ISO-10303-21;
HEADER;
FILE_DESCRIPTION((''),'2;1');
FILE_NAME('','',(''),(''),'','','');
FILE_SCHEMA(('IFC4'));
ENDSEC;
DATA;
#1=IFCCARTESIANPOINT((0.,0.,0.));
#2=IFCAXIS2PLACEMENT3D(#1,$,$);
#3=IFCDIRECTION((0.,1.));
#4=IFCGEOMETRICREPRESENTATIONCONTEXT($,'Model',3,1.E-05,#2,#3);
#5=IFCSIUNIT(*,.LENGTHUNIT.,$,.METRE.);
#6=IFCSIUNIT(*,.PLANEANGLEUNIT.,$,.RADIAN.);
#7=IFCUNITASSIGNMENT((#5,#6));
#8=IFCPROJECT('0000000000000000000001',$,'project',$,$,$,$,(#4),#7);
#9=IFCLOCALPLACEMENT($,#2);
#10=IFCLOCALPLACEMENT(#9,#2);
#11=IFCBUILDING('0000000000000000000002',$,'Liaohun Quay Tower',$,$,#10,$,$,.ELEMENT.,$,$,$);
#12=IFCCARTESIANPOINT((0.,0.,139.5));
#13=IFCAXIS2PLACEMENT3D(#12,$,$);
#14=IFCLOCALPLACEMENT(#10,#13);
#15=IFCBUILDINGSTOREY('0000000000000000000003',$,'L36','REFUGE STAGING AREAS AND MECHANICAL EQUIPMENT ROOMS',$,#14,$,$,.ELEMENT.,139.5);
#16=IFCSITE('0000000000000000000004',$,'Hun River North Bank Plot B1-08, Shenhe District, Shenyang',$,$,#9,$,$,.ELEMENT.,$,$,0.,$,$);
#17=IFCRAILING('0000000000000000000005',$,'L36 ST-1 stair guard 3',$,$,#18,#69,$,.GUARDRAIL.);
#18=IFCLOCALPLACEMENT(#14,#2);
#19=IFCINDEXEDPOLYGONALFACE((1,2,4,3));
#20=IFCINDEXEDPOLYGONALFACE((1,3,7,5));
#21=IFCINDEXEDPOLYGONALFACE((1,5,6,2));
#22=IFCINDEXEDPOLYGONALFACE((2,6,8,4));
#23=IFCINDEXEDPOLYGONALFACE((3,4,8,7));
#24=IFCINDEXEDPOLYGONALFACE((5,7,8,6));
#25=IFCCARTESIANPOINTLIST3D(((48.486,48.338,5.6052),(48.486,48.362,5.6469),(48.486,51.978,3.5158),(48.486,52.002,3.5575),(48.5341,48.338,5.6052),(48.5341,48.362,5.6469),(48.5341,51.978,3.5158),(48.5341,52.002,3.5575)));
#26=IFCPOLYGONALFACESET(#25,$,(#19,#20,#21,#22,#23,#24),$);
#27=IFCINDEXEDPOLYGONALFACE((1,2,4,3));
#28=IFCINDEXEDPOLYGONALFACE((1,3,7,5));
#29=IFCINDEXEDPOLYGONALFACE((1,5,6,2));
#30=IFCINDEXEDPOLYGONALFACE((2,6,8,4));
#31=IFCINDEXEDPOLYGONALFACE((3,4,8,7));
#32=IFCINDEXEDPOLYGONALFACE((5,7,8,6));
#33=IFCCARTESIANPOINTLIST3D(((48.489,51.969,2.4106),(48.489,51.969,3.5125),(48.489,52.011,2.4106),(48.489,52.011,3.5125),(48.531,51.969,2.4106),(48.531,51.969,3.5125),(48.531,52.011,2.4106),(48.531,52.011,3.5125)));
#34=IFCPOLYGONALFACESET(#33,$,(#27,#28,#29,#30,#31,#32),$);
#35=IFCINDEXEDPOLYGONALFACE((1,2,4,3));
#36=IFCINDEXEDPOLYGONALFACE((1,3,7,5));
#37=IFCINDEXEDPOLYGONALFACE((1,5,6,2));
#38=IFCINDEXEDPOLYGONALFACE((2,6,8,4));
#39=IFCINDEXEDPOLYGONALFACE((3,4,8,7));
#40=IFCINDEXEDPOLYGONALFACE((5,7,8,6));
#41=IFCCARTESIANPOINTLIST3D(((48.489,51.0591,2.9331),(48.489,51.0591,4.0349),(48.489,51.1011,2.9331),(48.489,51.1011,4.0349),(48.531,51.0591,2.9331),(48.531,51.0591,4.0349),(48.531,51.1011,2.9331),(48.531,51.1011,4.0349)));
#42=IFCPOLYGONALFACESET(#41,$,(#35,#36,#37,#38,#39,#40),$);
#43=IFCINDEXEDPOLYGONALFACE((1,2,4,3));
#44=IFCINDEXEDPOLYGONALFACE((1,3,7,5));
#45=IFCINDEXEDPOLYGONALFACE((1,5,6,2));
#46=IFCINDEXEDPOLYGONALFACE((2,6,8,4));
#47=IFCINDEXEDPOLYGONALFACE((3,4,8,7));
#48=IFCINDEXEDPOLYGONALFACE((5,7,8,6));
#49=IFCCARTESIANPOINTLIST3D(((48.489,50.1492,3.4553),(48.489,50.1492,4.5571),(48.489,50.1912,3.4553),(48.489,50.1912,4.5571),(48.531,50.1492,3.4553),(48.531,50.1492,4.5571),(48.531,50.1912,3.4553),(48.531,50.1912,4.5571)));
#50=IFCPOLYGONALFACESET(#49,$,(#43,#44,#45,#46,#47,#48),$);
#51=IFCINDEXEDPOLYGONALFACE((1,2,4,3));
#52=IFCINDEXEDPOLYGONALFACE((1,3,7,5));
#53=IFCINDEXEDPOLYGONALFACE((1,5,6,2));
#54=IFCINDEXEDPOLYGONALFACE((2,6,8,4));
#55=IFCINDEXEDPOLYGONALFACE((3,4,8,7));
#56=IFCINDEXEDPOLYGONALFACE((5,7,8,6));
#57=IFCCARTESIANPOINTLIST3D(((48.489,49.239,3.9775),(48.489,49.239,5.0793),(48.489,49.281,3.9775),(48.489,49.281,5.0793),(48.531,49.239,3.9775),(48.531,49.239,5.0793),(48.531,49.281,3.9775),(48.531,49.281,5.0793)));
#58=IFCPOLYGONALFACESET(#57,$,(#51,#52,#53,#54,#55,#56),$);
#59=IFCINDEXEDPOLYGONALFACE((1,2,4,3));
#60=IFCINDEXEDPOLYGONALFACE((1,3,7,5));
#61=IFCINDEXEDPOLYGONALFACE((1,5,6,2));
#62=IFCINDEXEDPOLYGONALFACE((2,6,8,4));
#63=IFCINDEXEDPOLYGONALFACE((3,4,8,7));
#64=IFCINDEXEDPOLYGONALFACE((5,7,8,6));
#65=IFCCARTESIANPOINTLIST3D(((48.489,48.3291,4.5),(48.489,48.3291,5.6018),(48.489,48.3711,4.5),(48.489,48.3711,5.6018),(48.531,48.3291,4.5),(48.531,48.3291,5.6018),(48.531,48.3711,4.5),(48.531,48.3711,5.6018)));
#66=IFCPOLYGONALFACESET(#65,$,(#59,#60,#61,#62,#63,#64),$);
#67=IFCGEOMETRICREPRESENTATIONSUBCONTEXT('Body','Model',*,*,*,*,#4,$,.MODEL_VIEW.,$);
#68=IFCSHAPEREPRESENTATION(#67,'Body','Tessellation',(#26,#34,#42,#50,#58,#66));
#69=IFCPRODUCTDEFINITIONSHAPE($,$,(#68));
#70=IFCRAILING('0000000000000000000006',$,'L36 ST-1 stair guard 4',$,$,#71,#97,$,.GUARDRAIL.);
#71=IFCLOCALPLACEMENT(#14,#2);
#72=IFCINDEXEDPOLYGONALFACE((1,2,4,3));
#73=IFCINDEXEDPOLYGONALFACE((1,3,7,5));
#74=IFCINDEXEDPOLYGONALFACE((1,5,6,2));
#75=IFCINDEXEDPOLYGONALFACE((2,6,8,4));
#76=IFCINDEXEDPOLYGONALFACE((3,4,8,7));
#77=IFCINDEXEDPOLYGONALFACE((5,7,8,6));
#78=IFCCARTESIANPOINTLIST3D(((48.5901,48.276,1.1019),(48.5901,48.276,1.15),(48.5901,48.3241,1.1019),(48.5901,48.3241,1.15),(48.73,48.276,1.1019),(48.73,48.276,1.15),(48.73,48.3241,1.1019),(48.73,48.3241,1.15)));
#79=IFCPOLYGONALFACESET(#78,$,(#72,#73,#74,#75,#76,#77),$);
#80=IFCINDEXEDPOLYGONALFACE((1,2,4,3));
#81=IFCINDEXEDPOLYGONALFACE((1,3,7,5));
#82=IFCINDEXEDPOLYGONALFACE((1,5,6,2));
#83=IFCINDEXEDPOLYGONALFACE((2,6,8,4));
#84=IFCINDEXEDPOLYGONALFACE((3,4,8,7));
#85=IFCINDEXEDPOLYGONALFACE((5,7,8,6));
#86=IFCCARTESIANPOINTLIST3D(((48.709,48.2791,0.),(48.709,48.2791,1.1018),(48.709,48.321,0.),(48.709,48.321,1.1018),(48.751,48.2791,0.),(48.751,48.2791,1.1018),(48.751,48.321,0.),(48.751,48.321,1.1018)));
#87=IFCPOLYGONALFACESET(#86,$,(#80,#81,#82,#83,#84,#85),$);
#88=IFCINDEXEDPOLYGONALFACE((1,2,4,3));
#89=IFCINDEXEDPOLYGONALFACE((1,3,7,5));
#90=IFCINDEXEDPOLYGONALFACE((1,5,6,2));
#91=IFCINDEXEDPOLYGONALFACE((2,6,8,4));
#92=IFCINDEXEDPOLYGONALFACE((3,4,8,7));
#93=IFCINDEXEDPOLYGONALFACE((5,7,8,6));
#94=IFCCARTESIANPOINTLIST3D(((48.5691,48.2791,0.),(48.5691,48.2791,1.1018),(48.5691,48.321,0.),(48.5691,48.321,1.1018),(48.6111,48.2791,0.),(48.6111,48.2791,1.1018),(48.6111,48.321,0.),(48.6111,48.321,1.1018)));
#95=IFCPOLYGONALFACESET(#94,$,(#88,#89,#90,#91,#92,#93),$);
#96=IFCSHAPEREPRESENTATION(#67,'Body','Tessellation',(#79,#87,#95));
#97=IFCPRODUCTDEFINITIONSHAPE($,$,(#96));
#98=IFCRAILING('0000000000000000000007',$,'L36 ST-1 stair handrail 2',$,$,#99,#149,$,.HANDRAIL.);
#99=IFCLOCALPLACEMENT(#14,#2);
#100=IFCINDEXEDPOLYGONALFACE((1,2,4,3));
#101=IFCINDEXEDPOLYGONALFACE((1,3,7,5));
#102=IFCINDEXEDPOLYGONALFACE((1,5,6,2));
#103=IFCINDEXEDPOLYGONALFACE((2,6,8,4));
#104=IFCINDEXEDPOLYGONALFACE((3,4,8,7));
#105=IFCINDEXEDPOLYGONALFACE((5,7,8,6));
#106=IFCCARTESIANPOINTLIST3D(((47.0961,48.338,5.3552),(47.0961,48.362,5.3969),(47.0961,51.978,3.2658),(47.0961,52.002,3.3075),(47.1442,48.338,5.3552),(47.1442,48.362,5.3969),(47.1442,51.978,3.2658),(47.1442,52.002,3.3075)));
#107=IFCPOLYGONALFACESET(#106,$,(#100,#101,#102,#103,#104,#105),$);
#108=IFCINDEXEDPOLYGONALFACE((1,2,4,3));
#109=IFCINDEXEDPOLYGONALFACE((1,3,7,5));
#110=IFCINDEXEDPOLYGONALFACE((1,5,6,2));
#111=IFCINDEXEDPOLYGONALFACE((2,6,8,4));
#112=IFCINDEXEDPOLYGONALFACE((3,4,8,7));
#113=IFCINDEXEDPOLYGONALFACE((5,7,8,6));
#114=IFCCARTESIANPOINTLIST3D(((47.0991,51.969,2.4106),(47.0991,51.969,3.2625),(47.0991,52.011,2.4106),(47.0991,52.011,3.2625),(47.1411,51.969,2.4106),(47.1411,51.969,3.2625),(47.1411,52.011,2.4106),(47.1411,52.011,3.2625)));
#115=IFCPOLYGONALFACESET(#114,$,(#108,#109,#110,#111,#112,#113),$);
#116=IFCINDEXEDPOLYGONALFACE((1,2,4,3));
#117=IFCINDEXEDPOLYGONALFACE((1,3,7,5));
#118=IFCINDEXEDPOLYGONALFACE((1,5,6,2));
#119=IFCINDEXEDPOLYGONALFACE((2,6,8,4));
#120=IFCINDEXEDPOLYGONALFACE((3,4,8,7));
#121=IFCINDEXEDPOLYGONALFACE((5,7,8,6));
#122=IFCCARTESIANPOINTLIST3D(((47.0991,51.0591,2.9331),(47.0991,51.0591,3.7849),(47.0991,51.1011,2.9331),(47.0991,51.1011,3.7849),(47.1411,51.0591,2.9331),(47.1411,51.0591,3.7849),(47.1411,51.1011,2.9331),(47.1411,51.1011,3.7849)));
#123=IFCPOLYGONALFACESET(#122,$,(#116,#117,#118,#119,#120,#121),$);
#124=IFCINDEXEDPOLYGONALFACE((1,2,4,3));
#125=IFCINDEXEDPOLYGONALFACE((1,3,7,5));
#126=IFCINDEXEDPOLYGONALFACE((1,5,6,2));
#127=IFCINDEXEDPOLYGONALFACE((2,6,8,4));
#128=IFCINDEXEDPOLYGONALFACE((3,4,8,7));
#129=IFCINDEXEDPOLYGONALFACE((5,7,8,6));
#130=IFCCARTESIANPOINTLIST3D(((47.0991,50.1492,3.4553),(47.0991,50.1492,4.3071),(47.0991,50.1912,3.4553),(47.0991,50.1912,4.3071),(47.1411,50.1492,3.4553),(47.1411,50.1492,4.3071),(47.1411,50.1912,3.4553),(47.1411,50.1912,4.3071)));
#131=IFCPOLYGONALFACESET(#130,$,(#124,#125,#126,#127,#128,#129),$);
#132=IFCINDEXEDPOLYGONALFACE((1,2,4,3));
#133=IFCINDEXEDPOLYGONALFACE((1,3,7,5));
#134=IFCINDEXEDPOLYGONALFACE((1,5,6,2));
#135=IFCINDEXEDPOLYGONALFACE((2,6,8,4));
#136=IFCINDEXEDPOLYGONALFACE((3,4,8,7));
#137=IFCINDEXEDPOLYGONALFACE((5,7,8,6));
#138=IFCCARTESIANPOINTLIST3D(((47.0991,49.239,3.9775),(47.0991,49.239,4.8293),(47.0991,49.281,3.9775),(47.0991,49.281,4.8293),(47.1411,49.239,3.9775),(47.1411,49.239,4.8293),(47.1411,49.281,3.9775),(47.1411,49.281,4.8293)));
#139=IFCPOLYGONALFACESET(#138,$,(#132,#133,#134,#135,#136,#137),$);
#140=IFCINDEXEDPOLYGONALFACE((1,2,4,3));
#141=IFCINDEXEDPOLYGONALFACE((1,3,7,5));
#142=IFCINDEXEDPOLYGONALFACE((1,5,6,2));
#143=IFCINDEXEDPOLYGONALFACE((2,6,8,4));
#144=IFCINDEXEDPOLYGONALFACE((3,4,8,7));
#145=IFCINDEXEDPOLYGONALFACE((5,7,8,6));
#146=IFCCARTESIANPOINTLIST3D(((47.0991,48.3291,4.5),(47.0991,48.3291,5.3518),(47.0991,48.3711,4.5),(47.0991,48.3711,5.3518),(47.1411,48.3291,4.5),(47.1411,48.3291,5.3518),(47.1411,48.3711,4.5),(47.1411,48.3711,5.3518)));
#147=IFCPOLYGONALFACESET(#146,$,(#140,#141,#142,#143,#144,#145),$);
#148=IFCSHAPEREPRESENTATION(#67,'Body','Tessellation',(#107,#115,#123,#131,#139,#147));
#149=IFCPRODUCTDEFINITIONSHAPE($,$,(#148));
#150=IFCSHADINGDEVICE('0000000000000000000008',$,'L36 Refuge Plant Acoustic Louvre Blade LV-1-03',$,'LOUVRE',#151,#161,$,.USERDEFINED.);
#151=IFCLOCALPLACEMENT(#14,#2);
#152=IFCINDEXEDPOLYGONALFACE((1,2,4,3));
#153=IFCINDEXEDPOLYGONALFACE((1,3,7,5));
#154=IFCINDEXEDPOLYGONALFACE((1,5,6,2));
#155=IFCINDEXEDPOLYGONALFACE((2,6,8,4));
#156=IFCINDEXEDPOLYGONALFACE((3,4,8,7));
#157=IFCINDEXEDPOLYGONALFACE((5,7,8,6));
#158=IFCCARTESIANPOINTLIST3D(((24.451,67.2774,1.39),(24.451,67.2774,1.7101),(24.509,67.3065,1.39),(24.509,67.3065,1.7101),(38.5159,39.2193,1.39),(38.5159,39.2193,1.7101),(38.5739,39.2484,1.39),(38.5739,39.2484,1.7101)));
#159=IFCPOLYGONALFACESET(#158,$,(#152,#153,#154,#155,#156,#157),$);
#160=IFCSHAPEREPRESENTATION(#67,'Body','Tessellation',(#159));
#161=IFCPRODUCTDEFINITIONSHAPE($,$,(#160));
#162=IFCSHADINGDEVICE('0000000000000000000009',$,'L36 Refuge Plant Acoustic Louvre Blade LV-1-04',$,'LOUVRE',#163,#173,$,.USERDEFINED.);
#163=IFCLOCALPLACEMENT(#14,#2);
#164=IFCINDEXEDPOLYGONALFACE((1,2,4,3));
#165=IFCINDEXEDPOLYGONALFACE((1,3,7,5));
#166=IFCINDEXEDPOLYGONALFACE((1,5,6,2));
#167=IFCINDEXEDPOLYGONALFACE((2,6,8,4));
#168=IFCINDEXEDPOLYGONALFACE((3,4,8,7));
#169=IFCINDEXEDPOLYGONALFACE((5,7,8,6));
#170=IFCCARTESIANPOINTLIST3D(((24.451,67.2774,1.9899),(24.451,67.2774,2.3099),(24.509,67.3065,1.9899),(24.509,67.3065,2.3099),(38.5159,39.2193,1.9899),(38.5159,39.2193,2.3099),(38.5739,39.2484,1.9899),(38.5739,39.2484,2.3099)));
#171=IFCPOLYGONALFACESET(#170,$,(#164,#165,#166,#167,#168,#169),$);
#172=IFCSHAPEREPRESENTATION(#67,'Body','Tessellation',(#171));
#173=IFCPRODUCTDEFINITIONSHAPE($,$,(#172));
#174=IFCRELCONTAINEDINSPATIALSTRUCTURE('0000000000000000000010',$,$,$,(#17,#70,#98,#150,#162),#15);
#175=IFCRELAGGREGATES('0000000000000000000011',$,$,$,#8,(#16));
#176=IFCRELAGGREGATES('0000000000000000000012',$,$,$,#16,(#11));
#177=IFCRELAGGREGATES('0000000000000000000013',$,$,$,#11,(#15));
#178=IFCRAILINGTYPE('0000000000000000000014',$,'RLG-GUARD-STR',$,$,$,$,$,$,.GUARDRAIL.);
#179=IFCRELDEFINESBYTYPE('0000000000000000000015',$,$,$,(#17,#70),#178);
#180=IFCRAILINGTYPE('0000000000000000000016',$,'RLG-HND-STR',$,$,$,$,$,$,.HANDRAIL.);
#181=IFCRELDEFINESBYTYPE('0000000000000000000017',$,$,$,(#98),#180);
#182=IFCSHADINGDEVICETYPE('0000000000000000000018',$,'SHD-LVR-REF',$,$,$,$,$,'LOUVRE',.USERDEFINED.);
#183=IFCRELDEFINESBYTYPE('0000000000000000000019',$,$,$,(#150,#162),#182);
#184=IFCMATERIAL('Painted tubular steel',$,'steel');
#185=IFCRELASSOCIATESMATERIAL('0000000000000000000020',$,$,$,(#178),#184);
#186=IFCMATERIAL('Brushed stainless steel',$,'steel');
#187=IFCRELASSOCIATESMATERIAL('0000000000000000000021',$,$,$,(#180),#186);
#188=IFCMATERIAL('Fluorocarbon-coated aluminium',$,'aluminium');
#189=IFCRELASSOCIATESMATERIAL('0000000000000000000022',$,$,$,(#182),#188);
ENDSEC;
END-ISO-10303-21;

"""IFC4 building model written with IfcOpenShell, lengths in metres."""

from ifc_helpers import new_model, si_unit, direction, frame, origin, origin_2d, place, context, subcontext, project, spatial, rectangle, extrude, source, transform, mapped, material, material_profile, profile_set, type_object, element, save


model = new_model("IFC4")

# Units and contexts
model_context = context("Model", 3, precision=1e-05, world=origin(), true_north=direction((0.0, 1.0)))
body_context = subcontext(model_context, "Body", "Model", "MODEL_VIEW")
ifc_project = project(units=[si_unit("LENGTHUNIT", "METRE"), si_unit("PLANEANGLEUNIT", "RADIAN")], contexts=[model_context])

# Site, building, storey
site_placement = place(None, origin())
site = spatial("IfcSite", under=ifc_project, at=site_placement, Name="Hun River North Bank Plot B1-08, Shenhe District, Shenyang", CompositionType="ELEMENT", RefElevation=0.0)
building_placement = place(site_placement, origin())
building = spatial("IfcBuilding", under=site, at=building_placement, Name="Liaohun Quay Tower", CompositionType="ELEMENT")
storey_placement = place(building_placement, frame((0.0, 0.0, 139.5)))
storey = spatial("IfcBuildingStorey", under=building, at=storey_placement, Name="L36", Description="REFUGE STAGING AREAS AND MECHANICAL EQUIPMENT ROOMS", CompositionType="ELEMENT", Elevation=139.5)

# Railings
ifc_material_1 = material(Name="Painted tubular steel", Category="steel")
railing_type_1 = type_object("IfcRailingType", Name="RLG-GUARD-STR", PredefinedType="GUARDRAIL", material=ifc_material_1)
railing_1_placement = place(storey_placement, frame((48.51, 51.99, 2.4106)))
element("IfcRailing", 1, at=railing_1_placement, inside=storey, type_object=railing_type_1, Name="L36 ST-1 stair guard 3", PredefinedType="GUARDRAIL", context=body_context, shape_type="SweptSolid", body=[
    extrude(rectangle(XDim=0.0481, YDim=0.0481, at=origin_2d()), frame((0.0, 0.0, 1.126), z_axis=(0.0, -0.867275, 0.497829), x_axis=(1.0, 0.0, 0.0)), (0.0, 0.0, 1.0), 4.197),
    extrude(rectangle(XDim=0.042, YDim=0.042, at=origin_2d()), origin(), (0.0, 0.0, 1.0), 1.1018),
    extrude(rectangle(XDim=0.042, YDim=0.042, at=origin_2d()), frame((0.0, -0.9099, 0.5225)), (0.0, 0.0, 1.0), 1.1018),
    extrude(rectangle(XDim=0.042, YDim=0.042, at=origin_2d()), frame((0.0, -1.8198, 1.0447)), (0.0, 0.0, 1.0), 1.1018),
    extrude(rectangle(XDim=0.042, YDim=0.042, at=origin_2d()), frame((0.0, -2.73, 1.5669)), (0.0, 0.0, 1.0), 1.1018),
    extrude(rectangle(XDim=0.042, YDim=0.042, at=origin_2d()), frame((0.0, -3.6399, 2.0894)), (0.0, 0.0, 1.0), 1.1018),
])
railing_2_placement = place(storey_placement, frame((48.73, 48.3, 0.0)))
element("IfcRailing", 2, at=railing_2_placement, inside=storey, type_object=railing_type_1, Name="L36 ST-1 stair guard 4", PredefinedType="GUARDRAIL", context=body_context, shape_type="SweptSolid", body=[
    extrude(rectangle(XDim=0.0481, YDim=0.0481, at=origin_2d()), frame((0.0, 0.0, 1.126), z_axis=(-1.0, 0.0, 0.0), x_axis=(0.0, -1.0, 0.0)), (0.0, 0.0, 1.0), 0.1399),
    extrude(rectangle(XDim=0.042, YDim=0.042, at=origin_2d()), origin(), (0.0, 0.0, 1.0), 1.1018),
    extrude(rectangle(XDim=0.042, YDim=0.042, at=origin_2d()), frame((-0.1399, 0.0, 0.0)), (0.0, 0.0, 1.0), 1.1018),
])
ifc_material_2 = material(Name="Brushed stainless steel", Category="steel")
railing_type_2 = type_object("IfcRailingType", Name="RLG-HND-STR", PredefinedType="HANDRAIL", material=ifc_material_2)
railing_3_placement = place(storey_placement, frame((47.1201, 51.99, 2.4106)))
element("IfcRailing", 3, at=railing_3_placement, inside=storey, type_object=railing_type_2, Name="L36 ST-1 stair handrail 2", PredefinedType="HANDRAIL", context=body_context, shape_type="SweptSolid", body=[
    extrude(rectangle(XDim=0.0481, YDim=0.0481, at=origin_2d()), frame((0.0, 0.0, 0.876), z_axis=(0.0, -0.867275, 0.497829), x_axis=(1.0, 0.0, 0.0)), (0.0, 0.0, 1.0), 4.197),
    extrude(rectangle(XDim=0.042, YDim=0.042, at=origin_2d()), origin(), (0.0, 0.0, 1.0), 0.8518),
    extrude(rectangle(XDim=0.042, YDim=0.042, at=origin_2d()), frame((0.0, -0.9099, 0.5225)), (0.0, 0.0, 1.0), 0.8518),
    extrude(rectangle(XDim=0.042, YDim=0.042, at=origin_2d()), frame((0.0, -1.8198, 1.0447)), (0.0, 0.0, 1.0), 0.8518),
    extrude(rectangle(XDim=0.042, YDim=0.042, at=origin_2d()), frame((0.0, -2.73, 1.5669)), (0.0, 0.0, 1.0), 0.8518),
    extrude(rectangle(XDim=0.042, YDim=0.042, at=origin_2d()), frame((0.0, -3.6399, 2.0894)), (0.0, 0.0, 1.0), 0.8518),
])

# Shading devices
ifc_material_3 = material(Name="Fluorocarbon-coated aluminium", Category="aluminium")
ifc_material_profile_1 = material_profile(ifc_material_3, rectangle(XDim=0.0649, YDim=0.3201, at=origin_2d()), Name="ALU-LVR-320x65")
ifc_profile_set_1 = profile_set([ifc_material_profile_1], Name="Fluorocarbon-coated aluminium")
shading_device_type = type_object("IfcShadingDeviceType", Name="SHD-LVR-REF", ElementType="LOUVRE", PredefinedType="USERDEFINED", material=ifc_profile_set_1)
shared_shape_1 = source(origin(), body_context, "Body", "SweptSolid", [
    extrude(rectangle(XDim=0.0649, YDim=0.3201, at=origin_2d()), origin(), (0.0, 0.0, 1.0), 31.386),
])
for number, where, z_axis, x_axis, name in (
    (4, (38.5449, 39.2339, 1.55), (-0.448128, 0.893969, 0.0), (-0.893969, -0.448128, 0.0), "L36 Refuge Plant Acoustic Louvre Blade LV-1-03"),
    (5, (38.5449, 39.2339, 2.1499), (-0.448128, 0.893969, 0.0), (-0.893969, -0.448128, 0.0), "L36 Refuge Plant Acoustic Louvre Blade LV-1-04"),
):
    element("IfcShadingDevice", number, at=place(storey_placement, frame(where, z_axis=z_axis, x_axis=x_axis)), inside=storey, type_object=shading_device_type, Name=name, ObjectType="LOUVRE", PredefinedType="USERDEFINED", context=body_context, shape_type="MappedRepresentation", body=[
        mapped(shared_shape_1, transform((0.0, 0.0, 0.0), x_axis=(1.0, 0.0, 0.0), y_axis=(0.0, 1.0, 0.0), z_axis=(0.0, 0.0, 1.0), scale=1.0)),
    ])

save(model, "model.ifc")
